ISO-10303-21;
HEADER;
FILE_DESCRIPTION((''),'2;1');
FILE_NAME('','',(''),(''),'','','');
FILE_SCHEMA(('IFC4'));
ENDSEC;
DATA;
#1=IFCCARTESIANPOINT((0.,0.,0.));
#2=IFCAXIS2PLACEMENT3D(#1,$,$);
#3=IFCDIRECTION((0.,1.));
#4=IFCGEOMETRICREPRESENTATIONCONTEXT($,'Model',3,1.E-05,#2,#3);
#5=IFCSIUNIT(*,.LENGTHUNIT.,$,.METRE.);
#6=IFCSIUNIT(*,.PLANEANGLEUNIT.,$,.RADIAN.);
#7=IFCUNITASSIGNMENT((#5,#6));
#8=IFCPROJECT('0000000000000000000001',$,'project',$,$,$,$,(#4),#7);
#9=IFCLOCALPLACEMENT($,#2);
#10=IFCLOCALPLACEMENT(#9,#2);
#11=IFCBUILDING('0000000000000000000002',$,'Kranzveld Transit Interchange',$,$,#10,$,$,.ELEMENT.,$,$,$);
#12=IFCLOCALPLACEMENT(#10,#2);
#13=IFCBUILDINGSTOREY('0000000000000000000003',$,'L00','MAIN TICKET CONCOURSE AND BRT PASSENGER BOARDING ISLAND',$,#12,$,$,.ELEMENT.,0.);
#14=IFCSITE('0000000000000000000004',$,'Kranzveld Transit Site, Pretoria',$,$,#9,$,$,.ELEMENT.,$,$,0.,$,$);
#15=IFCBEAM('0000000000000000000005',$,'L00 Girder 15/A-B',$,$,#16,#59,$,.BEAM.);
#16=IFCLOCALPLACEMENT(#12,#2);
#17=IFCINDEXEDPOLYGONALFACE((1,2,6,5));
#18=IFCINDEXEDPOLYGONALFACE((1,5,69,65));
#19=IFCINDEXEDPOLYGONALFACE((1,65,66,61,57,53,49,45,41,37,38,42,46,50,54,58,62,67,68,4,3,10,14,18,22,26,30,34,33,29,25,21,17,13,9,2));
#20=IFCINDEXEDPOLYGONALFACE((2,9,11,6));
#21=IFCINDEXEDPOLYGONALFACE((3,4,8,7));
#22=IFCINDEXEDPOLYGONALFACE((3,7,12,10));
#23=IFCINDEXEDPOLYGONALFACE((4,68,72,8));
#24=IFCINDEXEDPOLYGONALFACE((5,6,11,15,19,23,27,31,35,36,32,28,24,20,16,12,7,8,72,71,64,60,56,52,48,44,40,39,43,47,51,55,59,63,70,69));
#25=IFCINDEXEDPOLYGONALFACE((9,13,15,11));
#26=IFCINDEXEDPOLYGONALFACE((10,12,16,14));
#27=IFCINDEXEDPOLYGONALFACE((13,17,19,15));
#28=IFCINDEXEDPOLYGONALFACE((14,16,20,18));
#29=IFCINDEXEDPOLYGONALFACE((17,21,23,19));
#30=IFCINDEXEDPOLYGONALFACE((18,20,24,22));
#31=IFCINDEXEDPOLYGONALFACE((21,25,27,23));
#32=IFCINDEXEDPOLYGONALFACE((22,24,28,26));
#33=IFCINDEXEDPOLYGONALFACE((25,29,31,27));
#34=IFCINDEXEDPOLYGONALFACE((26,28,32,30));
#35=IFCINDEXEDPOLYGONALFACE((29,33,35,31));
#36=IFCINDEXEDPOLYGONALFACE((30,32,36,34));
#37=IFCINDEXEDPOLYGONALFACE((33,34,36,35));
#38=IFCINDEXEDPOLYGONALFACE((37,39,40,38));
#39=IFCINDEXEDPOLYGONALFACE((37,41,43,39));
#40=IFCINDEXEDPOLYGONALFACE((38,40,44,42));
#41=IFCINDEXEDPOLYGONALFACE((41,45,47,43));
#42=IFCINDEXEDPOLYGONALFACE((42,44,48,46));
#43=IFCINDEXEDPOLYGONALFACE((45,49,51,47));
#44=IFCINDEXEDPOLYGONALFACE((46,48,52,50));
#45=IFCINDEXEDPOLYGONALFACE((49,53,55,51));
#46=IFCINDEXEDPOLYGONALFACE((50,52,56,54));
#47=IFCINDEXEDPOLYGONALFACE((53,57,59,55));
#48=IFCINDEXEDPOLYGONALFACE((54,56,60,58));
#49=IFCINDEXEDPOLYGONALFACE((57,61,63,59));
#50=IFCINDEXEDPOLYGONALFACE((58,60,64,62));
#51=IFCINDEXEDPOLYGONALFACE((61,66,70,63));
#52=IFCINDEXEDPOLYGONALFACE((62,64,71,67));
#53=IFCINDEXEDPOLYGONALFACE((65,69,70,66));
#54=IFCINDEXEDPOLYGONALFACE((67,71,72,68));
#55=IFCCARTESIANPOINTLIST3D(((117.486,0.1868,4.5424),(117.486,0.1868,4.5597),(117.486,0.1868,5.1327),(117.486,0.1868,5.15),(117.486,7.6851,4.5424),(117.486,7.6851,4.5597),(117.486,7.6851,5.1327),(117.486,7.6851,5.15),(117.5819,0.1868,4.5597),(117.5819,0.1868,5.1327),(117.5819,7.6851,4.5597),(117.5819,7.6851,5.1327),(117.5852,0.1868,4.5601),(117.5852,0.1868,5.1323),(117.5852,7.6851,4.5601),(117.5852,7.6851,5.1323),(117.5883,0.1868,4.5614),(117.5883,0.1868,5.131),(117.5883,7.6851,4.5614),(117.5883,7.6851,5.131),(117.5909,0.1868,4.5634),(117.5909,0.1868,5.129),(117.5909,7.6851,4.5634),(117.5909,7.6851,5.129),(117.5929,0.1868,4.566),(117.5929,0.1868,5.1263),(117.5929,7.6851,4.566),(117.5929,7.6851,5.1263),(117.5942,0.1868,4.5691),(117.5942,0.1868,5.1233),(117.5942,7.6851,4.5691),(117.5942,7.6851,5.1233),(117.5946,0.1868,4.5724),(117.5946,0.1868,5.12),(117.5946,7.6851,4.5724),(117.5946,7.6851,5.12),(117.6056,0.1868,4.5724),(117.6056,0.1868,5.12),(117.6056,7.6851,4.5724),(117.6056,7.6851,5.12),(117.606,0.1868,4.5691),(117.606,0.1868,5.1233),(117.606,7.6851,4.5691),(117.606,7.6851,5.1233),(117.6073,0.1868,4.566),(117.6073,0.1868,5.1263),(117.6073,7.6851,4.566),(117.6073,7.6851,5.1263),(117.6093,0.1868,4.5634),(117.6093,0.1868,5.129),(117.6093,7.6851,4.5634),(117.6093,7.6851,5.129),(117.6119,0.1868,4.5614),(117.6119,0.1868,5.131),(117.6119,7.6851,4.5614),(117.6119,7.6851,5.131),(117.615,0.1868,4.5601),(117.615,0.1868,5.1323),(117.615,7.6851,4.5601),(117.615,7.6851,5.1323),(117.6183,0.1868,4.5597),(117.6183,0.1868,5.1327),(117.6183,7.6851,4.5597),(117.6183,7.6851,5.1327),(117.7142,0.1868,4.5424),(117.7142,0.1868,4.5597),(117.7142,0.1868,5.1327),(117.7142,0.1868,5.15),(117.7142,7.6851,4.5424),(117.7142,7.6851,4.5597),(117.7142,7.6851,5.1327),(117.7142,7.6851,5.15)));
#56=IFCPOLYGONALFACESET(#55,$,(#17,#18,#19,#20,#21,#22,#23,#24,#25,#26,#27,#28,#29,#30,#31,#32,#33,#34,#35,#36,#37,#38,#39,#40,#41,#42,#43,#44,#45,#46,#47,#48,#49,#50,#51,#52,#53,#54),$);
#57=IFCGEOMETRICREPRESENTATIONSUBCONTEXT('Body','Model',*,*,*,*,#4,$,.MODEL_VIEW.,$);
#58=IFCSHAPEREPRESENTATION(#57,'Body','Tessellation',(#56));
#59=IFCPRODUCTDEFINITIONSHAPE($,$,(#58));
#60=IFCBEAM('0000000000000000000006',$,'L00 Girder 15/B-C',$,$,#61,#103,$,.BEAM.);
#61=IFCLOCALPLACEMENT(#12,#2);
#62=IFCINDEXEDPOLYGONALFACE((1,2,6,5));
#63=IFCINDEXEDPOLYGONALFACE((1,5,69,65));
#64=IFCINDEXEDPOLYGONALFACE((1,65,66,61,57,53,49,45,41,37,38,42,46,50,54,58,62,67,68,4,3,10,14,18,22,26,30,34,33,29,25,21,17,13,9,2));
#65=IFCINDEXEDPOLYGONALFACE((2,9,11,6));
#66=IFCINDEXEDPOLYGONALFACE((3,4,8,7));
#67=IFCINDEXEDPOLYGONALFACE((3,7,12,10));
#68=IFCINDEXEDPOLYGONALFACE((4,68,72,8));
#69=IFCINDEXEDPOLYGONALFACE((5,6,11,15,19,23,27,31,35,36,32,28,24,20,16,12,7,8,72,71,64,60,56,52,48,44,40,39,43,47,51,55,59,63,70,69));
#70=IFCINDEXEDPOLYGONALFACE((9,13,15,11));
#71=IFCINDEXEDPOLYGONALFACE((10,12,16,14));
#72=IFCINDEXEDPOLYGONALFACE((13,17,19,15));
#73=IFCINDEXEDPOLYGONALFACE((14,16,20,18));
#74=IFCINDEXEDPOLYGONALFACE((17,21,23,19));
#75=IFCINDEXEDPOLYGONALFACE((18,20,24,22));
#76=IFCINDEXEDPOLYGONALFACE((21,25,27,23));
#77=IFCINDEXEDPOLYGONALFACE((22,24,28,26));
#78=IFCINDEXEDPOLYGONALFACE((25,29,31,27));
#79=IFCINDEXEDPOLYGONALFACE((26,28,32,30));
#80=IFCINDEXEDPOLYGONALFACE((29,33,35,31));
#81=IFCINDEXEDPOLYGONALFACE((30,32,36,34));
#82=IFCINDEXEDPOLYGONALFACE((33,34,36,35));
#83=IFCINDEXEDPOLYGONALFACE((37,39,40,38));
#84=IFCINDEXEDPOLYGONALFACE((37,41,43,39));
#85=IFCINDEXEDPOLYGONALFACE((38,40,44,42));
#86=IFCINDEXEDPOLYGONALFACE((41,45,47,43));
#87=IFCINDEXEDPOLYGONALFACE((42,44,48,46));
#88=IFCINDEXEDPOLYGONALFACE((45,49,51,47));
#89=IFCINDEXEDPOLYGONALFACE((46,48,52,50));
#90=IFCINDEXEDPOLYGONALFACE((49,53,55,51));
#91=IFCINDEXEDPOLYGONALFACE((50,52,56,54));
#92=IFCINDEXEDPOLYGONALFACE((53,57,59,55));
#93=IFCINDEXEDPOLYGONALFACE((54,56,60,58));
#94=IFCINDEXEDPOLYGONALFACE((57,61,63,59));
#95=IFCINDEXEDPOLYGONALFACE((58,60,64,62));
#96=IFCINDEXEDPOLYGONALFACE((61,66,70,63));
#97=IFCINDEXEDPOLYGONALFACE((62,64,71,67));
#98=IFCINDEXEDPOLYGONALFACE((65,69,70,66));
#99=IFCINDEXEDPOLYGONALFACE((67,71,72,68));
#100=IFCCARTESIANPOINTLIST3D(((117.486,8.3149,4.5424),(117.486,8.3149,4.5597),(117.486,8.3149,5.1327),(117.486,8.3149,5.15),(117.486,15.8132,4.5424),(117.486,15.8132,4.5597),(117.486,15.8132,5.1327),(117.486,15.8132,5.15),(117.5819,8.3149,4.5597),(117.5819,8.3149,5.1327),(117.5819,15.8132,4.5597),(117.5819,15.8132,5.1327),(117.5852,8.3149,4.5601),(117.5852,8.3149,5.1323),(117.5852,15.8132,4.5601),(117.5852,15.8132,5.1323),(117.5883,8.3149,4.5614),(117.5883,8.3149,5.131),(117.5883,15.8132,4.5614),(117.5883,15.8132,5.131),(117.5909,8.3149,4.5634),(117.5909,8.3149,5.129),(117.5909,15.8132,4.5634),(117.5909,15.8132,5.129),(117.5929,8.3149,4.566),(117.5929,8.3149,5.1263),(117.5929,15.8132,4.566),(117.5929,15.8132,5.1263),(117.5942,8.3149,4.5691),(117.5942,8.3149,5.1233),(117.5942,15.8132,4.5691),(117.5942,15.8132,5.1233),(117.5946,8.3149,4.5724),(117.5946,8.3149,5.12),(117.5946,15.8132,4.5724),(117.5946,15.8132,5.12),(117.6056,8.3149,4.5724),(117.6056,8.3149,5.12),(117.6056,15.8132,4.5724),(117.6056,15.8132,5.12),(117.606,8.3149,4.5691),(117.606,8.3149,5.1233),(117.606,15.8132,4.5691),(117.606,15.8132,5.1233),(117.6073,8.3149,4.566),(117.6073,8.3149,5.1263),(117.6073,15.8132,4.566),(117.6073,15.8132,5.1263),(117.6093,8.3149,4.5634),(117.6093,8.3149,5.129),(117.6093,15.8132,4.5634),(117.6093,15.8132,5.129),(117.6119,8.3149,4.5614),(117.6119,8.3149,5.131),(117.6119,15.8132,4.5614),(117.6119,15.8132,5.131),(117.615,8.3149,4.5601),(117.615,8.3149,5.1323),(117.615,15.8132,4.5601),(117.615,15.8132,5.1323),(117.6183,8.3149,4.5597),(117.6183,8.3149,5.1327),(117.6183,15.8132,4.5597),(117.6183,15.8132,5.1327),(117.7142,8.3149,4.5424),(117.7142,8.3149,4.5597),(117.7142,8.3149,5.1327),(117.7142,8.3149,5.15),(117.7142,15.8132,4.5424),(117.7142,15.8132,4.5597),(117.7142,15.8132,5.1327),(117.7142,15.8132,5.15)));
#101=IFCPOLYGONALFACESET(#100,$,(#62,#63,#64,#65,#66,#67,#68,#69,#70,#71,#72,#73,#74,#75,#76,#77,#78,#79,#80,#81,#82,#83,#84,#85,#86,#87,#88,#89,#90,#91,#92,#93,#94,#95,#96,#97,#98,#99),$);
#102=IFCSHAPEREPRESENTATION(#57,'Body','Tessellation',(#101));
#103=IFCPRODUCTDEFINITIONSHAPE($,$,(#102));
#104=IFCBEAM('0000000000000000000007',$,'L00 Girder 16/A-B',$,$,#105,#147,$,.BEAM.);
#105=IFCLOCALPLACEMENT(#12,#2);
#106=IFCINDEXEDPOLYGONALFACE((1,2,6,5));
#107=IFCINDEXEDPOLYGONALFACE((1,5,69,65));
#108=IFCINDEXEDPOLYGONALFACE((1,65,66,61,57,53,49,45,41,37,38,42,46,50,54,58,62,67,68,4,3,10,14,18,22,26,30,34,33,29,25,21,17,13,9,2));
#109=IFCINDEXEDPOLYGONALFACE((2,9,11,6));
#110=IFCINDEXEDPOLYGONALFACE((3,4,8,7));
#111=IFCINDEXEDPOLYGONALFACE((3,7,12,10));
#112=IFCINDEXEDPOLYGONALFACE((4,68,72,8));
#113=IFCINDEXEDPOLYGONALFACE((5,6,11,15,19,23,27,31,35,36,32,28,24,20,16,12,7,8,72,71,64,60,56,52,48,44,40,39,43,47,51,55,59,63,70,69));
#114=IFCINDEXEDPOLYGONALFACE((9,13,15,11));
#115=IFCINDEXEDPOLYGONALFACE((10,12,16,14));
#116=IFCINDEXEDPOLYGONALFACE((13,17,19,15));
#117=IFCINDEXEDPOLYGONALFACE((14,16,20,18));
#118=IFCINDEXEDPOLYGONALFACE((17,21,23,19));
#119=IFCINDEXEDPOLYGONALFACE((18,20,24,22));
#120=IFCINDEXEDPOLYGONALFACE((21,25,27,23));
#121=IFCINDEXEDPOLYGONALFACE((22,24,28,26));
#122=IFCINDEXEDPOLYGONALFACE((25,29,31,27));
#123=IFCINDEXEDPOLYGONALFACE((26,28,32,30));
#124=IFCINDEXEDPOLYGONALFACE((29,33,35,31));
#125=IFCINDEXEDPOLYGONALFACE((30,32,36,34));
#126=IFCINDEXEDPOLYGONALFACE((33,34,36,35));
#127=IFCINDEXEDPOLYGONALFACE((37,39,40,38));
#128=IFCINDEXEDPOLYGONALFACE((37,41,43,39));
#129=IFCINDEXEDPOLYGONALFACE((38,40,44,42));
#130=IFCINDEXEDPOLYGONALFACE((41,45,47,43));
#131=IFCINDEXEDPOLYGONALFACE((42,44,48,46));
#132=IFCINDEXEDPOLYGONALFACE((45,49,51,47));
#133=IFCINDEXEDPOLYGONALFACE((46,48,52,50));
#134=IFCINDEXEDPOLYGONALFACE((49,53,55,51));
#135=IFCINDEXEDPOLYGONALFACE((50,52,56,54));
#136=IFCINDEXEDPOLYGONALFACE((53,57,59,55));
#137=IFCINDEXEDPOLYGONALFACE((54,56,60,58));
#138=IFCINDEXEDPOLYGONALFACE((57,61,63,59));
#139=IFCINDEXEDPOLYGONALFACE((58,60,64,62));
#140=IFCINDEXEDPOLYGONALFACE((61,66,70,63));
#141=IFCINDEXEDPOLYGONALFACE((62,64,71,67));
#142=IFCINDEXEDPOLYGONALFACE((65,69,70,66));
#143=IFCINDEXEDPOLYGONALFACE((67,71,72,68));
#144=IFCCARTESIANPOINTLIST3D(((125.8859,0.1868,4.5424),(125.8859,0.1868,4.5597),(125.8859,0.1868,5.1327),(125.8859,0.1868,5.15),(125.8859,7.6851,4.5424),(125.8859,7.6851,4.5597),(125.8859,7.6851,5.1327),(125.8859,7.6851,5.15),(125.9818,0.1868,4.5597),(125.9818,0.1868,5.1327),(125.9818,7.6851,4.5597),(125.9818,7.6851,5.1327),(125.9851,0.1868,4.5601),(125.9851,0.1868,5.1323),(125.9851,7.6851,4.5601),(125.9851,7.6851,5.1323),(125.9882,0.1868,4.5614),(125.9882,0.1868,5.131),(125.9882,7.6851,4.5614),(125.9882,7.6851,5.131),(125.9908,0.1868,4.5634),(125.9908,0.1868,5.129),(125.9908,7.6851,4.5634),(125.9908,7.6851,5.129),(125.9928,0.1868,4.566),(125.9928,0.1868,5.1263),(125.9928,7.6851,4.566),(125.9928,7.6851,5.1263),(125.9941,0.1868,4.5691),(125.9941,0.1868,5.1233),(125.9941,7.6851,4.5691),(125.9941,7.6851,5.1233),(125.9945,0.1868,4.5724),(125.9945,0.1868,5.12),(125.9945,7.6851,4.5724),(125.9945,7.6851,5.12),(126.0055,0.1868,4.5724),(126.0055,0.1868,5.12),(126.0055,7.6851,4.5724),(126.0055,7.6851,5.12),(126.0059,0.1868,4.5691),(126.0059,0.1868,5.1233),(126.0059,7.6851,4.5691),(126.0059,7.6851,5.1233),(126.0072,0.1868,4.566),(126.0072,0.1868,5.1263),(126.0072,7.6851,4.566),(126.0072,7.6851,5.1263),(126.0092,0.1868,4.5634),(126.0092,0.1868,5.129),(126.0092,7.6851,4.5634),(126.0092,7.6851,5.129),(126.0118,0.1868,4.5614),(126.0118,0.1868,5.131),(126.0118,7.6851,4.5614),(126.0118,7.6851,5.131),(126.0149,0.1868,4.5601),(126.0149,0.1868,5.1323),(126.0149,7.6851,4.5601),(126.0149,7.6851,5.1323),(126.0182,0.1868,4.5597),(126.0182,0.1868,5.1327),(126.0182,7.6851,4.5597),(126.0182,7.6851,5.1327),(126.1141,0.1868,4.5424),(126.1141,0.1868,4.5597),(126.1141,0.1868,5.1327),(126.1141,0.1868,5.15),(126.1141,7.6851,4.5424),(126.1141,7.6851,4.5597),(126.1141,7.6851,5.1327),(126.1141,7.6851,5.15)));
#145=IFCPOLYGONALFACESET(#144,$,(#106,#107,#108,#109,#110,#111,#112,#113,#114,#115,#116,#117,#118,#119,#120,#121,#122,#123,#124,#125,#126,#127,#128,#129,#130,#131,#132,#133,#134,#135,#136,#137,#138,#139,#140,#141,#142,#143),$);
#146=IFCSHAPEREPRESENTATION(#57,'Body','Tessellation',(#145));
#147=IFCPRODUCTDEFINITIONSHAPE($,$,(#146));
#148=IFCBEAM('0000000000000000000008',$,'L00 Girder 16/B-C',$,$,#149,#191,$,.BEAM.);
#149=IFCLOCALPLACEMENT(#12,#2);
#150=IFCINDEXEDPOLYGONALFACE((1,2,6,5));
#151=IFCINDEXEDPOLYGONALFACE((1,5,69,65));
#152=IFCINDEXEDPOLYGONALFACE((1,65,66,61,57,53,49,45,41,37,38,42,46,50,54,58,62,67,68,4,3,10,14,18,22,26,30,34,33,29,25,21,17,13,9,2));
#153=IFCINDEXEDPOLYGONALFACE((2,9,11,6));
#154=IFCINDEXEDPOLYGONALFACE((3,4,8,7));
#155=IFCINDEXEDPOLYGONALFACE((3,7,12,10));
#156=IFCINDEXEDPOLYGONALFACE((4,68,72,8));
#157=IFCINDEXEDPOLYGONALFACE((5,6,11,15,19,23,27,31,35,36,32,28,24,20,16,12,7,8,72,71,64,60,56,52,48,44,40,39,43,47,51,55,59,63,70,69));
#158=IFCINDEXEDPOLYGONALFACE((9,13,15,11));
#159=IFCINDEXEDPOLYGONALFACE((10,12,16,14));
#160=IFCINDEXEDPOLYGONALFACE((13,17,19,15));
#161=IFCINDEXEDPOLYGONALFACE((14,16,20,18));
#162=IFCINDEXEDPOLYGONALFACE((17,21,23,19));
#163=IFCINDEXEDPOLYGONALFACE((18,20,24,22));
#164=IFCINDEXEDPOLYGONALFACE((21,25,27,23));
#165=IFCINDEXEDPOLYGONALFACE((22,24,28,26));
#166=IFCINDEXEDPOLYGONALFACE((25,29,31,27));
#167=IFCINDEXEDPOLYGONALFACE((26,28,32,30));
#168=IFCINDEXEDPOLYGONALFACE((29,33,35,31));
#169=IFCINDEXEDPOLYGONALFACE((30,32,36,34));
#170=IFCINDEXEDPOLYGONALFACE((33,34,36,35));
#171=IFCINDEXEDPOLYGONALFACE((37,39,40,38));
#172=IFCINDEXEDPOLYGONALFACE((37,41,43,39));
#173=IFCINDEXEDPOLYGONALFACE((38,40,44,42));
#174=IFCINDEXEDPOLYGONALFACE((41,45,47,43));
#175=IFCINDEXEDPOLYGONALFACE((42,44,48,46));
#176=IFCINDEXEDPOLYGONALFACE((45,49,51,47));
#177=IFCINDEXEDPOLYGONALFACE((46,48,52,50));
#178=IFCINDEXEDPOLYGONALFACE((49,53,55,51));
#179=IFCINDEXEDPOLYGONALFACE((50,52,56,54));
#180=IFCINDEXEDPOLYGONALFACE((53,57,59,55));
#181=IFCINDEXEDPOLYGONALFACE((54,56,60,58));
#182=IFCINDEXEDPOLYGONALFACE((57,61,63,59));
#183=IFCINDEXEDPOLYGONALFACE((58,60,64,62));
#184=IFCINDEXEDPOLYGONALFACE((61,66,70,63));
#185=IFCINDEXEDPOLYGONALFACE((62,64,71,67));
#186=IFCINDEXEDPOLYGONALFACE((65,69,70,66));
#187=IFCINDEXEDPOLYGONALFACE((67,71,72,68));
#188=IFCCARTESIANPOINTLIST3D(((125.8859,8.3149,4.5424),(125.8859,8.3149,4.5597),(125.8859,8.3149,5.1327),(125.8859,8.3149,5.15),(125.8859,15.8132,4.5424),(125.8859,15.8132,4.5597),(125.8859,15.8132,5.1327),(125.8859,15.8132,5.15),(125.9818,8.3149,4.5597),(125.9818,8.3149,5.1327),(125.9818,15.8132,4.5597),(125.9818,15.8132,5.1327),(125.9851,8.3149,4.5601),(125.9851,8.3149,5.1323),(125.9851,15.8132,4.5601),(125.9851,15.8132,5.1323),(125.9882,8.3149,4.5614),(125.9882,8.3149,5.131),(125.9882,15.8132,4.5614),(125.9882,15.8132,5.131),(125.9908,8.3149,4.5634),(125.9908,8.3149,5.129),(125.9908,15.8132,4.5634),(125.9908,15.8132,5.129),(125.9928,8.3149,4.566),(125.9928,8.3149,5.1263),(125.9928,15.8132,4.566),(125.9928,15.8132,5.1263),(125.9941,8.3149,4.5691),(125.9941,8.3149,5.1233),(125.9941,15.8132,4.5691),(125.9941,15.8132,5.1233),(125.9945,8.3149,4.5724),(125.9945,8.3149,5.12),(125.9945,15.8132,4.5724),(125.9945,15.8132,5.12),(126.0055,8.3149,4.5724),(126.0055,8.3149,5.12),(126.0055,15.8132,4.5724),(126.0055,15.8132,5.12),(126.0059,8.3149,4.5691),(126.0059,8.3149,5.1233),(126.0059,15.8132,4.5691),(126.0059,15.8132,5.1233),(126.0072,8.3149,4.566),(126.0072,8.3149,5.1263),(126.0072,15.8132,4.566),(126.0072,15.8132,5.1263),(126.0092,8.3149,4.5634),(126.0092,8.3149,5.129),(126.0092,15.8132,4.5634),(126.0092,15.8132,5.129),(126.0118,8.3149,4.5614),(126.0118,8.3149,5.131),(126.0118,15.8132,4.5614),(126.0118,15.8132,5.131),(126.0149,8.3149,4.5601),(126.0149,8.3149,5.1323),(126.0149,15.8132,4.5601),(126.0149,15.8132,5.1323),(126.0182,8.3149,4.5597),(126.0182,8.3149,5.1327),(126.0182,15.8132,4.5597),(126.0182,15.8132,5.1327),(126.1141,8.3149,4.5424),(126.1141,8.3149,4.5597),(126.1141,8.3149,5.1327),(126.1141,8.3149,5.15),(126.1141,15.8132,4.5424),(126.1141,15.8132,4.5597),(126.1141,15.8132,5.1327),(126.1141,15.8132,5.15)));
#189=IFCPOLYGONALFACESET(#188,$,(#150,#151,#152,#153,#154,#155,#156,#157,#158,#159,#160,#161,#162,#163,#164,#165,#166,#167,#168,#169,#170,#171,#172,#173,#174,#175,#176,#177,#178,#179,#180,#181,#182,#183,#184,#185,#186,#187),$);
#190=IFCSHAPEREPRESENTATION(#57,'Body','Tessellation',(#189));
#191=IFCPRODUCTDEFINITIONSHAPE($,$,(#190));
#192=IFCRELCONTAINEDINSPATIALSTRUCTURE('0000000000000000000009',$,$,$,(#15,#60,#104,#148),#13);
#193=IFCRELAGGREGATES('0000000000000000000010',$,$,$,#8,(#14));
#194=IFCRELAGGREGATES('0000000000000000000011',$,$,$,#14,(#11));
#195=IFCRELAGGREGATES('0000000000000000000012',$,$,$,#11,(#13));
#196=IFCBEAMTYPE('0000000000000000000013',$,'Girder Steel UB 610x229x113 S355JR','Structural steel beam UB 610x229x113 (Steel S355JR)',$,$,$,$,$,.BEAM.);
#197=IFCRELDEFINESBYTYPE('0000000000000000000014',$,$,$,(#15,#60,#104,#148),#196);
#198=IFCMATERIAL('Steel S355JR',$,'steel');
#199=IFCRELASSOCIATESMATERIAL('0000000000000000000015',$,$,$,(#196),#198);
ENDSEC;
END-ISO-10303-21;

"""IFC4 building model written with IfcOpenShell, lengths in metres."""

from ifc_helpers import new_model, si_unit, direction, frame, origin, origin_2d, place, context, subcontext, project, spatial, i_section, extrude, material, material_profile, profile_set, type_object, element, save


model = new_model("IFC4")

# Units and contexts
model_context = context("Model", 3, precision=1e-05, world=origin(), true_north=direction((0.0, 1.0)))
body_context = subcontext(model_context, "Body", "Model", "MODEL_VIEW")
ifc_project = project(units=[si_unit("LENGTHUNIT", "METRE"), si_unit("PLANEANGLEUNIT", "RADIAN")], contexts=[model_context])

# Site, building, storey
site_placement = place(None, origin())
site = spatial("IfcSite", under=ifc_project, at=site_placement, Name="Kranzveld Transit Site, Pretoria", CompositionType="ELEMENT", RefElevation=0.0)
building_placement = place(site_placement, origin())
building = spatial("IfcBuilding", under=site, at=building_placement, Name="Kranzveld Transit Interchange", CompositionType="ELEMENT")
storey_placement = place(building_placement, origin())
storey = spatial("IfcBuildingStorey", under=building, at=storey_placement, Name="L00", Description="MAIN TICKET CONCOURSE AND BRT PASSENGER BOARDING ISLAND", CompositionType="ELEMENT", Elevation=0.0)

# Beams
ifc_material_1 = material(Name="Steel S355JR", Category="steel")
ifc_material_profile_1 = material_profile(ifc_material_1, i_section(OverallWidth=0.2283, OverallDepth=0.6077, WebThickness=0.011, FlangeThickness=0.0173, FilletRadius=0.0127, at=origin_2d()), Name="UB 610x229x113")
ifc_profile_set_1 = profile_set([ifc_material_profile_1], Name="Steel S355JR")
beam_type_1 = type_object("IfcBeamType", Name="Girder Steel UB 610x229x113 S355JR", Description="Structural steel beam UB 610x229x113 (Steel S355JR)", PredefinedType="BEAM", material=ifc_profile_set_1)
for number, where, z_axis, x_axis, name in (
    (1, (117.6001, 0.1868, 4.8462), (0.0, 1.0, 0.0), (-1.0, 0.0, 0.0), "L00 Girder 15/A-B"),
    (2, (117.6001, 8.3149, 4.8462), (0.0, 1.0, 0.0), (-1.0, 0.0, 0.0), "L00 Girder 15/B-C"),
    (3, (126.0, 0.1868, 4.8462), (0.0, 1.0, 0.0), (-1.0, 0.0, 0.0), "L00 Girder 16/A-B"),
    (4, (126.0, 8.3149, 4.8462), (0.0, 1.0, 0.0), (-1.0, 0.0, 0.0), "L00 Girder 16/B-C"),
):
    element("IfcBeam", number, at=place(storey_placement, frame(where, z_axis=z_axis, x_axis=x_axis)), inside=storey, type_object=beam_type_1, Name=name, PredefinedType="BEAM", context=body_context, shape_type="SweptSolid", body=[
        extrude(i_section(OverallWidth=0.2283, OverallDepth=0.6077, WebThickness=0.011, FlangeThickness=0.0173, FilletRadius=0.0127, at=origin_2d()), origin(), (0.0, 0.0, 1.0), 7.4983),
    ])

save(model, "model.ifc")
